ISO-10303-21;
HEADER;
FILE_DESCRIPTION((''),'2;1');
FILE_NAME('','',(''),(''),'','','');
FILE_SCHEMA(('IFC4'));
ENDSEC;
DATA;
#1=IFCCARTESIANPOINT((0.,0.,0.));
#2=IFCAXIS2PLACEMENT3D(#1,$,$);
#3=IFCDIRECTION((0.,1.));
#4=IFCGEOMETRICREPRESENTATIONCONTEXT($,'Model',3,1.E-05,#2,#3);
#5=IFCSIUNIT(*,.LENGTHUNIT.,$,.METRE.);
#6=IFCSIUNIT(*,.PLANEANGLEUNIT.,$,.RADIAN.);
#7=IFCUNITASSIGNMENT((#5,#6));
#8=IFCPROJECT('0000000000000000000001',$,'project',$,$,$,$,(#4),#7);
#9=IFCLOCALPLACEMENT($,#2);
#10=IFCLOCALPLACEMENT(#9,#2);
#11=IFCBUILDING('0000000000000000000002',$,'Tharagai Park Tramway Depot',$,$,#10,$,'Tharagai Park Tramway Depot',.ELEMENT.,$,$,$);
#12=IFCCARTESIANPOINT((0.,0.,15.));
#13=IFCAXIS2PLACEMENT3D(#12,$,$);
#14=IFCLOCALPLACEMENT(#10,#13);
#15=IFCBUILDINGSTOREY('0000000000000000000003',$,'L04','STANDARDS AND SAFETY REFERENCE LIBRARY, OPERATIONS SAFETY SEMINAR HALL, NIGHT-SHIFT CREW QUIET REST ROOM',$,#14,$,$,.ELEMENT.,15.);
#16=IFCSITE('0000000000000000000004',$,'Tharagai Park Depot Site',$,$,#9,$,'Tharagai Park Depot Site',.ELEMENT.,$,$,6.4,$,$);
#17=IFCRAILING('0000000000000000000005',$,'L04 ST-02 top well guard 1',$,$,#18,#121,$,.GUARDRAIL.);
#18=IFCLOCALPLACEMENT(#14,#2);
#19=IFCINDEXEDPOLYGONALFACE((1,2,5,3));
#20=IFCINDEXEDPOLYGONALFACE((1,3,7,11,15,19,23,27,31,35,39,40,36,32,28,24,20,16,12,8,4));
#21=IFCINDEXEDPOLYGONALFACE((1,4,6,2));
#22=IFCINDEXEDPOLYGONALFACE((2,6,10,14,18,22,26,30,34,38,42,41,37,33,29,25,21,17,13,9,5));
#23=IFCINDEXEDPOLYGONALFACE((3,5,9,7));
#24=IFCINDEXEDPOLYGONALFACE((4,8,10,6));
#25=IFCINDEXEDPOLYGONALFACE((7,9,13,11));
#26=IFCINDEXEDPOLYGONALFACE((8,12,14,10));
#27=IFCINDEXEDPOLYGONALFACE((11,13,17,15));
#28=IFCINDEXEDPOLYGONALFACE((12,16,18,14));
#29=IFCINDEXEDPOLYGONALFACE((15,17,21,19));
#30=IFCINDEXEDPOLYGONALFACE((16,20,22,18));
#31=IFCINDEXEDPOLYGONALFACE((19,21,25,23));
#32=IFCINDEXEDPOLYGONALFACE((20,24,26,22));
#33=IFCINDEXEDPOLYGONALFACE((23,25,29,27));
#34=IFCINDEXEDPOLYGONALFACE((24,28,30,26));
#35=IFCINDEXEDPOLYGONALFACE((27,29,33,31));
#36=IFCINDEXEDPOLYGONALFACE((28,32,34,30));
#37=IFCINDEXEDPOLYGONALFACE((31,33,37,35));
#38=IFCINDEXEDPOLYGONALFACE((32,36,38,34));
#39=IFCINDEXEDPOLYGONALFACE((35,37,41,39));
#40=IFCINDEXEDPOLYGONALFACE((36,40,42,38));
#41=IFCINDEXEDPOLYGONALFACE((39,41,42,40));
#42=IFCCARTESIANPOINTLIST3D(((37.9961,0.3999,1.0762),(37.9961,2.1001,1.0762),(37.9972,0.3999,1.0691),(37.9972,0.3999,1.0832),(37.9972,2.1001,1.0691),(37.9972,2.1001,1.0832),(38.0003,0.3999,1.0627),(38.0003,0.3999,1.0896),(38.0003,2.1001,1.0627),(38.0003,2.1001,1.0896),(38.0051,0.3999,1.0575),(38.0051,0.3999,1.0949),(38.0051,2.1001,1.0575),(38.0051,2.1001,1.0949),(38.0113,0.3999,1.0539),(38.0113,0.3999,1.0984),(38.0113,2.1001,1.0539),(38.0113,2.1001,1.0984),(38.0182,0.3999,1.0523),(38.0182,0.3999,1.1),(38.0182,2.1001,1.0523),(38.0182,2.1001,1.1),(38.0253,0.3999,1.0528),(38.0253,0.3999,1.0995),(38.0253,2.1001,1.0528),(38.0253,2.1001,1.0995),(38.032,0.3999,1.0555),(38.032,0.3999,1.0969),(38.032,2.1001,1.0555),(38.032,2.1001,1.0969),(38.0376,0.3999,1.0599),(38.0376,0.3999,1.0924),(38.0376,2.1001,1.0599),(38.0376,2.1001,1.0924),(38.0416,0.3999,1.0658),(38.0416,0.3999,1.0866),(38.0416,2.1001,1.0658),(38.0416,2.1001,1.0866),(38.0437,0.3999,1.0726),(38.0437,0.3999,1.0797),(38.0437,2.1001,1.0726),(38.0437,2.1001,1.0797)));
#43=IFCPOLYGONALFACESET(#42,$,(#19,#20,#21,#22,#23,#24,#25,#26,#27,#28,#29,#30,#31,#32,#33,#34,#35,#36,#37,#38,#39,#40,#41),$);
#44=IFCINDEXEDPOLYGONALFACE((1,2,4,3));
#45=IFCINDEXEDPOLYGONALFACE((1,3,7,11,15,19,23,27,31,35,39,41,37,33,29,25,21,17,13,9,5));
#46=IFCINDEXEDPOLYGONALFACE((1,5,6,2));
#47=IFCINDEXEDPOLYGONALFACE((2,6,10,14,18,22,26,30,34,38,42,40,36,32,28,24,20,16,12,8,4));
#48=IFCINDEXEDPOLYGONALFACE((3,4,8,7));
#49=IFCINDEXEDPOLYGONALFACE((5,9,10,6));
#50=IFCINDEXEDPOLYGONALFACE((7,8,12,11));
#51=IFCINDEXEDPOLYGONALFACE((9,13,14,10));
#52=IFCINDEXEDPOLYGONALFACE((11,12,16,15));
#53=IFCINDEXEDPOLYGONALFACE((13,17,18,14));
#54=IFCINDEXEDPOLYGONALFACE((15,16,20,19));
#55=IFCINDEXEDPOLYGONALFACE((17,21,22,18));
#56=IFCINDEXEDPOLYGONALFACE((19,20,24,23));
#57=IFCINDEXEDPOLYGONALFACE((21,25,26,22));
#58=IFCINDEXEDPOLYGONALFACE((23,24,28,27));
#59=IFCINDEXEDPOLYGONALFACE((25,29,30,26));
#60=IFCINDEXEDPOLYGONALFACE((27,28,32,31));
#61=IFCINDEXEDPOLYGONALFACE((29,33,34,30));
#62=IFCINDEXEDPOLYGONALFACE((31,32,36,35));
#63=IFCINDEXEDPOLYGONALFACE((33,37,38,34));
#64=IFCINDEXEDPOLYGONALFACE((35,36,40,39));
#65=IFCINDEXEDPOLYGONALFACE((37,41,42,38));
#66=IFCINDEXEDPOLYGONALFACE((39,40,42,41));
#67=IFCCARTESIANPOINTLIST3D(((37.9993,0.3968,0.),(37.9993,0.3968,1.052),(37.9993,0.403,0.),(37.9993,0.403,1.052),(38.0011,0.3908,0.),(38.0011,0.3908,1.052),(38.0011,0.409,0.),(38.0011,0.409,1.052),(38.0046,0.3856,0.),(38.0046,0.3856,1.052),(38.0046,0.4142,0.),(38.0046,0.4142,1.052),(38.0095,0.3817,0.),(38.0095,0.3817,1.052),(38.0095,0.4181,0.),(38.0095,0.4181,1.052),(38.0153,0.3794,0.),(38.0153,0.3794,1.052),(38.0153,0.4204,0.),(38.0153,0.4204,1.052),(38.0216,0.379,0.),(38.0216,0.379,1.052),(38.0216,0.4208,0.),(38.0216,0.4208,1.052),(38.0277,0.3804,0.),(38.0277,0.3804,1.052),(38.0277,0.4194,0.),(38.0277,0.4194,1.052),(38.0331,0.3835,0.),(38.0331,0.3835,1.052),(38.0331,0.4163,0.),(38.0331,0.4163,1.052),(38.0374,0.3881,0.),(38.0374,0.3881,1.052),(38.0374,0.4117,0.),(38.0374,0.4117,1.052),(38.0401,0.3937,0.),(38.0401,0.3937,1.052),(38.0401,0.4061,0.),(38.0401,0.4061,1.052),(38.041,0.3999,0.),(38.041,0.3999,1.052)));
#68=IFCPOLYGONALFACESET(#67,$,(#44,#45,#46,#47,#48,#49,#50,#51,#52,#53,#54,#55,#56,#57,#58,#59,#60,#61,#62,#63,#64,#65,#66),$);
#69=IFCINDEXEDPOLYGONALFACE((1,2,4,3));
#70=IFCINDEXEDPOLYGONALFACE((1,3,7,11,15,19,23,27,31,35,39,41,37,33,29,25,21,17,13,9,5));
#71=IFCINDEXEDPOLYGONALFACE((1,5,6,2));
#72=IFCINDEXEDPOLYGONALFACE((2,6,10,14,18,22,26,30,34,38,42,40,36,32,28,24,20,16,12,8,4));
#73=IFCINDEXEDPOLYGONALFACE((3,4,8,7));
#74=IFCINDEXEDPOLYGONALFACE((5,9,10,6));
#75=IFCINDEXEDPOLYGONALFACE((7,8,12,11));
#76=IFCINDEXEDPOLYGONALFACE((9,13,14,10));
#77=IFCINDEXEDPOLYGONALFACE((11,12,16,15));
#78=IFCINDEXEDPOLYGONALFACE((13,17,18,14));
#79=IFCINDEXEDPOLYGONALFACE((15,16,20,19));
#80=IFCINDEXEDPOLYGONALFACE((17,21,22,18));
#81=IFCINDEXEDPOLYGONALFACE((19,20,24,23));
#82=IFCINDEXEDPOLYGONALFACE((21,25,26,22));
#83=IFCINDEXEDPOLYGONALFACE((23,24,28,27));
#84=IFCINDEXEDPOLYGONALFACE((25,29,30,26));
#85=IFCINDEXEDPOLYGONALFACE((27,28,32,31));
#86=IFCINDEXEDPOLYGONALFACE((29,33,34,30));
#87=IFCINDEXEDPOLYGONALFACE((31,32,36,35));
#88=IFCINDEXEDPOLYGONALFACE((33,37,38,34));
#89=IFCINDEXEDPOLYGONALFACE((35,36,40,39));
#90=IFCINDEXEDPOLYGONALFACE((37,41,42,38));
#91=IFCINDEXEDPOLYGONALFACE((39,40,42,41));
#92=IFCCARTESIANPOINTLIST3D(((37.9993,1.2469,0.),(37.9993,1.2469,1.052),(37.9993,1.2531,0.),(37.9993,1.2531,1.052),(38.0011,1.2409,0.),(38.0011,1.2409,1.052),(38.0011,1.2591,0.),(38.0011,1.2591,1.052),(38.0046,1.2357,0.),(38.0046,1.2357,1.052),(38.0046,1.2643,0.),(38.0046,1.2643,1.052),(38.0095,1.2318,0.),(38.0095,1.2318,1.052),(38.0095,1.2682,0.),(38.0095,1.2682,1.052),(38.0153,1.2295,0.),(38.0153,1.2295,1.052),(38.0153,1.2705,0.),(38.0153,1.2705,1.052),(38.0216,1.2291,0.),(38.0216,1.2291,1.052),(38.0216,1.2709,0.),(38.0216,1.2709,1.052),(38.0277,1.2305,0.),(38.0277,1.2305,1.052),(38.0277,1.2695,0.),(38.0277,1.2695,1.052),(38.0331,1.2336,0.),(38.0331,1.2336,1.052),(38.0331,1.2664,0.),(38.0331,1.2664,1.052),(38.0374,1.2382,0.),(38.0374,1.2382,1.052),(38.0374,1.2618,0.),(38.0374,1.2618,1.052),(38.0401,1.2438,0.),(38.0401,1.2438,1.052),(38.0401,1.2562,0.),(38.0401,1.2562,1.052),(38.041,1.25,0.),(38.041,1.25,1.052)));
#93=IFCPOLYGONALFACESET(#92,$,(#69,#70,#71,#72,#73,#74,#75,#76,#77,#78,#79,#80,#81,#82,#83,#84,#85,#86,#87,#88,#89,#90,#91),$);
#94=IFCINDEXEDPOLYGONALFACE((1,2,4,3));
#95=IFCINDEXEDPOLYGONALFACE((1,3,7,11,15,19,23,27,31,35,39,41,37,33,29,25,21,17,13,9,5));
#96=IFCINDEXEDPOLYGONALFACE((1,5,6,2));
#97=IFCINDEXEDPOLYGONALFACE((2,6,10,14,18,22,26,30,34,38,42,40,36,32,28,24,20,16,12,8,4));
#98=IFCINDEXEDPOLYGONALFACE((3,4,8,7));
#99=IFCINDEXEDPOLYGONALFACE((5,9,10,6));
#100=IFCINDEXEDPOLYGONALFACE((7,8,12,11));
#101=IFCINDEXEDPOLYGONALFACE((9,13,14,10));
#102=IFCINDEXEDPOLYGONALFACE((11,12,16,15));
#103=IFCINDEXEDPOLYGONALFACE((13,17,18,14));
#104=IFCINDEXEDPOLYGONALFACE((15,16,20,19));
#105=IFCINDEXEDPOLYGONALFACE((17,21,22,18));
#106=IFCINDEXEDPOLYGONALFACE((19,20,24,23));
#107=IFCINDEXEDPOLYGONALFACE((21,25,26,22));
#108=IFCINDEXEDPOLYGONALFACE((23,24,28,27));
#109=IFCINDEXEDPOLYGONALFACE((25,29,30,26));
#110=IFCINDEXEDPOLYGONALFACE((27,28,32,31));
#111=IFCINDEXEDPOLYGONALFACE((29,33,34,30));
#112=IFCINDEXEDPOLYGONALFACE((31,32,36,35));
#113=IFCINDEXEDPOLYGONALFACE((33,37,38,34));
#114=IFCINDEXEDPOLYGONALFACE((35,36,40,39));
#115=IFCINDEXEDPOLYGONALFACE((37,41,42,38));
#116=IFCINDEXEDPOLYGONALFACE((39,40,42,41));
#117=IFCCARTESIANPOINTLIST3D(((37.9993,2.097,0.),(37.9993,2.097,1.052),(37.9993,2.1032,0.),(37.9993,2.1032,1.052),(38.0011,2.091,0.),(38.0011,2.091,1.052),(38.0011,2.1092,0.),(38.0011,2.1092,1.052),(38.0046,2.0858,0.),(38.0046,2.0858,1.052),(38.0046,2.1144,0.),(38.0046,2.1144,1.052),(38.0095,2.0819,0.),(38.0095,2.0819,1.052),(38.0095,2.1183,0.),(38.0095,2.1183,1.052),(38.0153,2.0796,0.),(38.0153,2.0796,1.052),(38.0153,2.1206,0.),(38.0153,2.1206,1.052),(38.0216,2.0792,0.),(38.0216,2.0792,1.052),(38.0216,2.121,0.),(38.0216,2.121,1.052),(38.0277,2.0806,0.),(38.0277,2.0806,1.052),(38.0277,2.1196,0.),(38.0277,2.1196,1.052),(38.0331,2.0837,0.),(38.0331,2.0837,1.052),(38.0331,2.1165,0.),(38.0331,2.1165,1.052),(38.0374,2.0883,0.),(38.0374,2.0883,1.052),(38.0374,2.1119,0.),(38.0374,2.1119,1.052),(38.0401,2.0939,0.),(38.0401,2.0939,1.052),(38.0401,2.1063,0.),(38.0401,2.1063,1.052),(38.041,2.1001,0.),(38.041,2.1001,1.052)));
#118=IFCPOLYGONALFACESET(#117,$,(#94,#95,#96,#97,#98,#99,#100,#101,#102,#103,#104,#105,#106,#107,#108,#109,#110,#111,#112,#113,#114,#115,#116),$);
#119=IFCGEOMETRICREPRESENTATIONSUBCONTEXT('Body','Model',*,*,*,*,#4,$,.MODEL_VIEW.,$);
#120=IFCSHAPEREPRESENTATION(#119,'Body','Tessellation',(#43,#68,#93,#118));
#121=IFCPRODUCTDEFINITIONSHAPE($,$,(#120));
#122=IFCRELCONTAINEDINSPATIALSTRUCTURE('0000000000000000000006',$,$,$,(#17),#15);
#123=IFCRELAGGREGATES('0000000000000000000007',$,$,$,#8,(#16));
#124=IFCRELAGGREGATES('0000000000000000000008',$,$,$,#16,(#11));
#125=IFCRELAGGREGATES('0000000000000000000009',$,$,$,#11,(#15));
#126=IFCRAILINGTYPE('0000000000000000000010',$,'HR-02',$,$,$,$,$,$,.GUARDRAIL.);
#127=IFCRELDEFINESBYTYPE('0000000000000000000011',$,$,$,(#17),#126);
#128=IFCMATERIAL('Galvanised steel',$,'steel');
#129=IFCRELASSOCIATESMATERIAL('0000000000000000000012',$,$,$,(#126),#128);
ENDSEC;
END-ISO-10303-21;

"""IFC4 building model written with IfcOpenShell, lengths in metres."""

from ifc_helpers import new_model, si_unit, direction, frame, origin, origin_2d, place, context, subcontext, project, spatial, circle, extrude, material, type_object, element, save


model = new_model("IFC4")

# Units and contexts
model_context = context("Model", 3, precision=1e-05, world=origin(), true_north=direction((0.0, 1.0)))
body_context = subcontext(model_context, "Body", "Model", "MODEL_VIEW")
ifc_project = project(units=[si_unit("LENGTHUNIT", "METRE"), si_unit("PLANEANGLEUNIT", "RADIAN")], contexts=[model_context])

# Site, building, storey
site_placement = place(None, origin())
site = spatial("IfcSite", under=ifc_project, at=site_placement, Name="Tharagai Park Depot Site", LongName="Tharagai Park Depot Site", CompositionType="ELEMENT", RefElevation=6.4)
building_placement = place(site_placement, origin())
building = spatial("IfcBuilding", under=site, at=building_placement, Name="Tharagai Park Tramway Depot", LongName="Tharagai Park Tramway Depot", CompositionType="ELEMENT")
storey_placement = place(building_placement, frame((0.0, 0.0, 15.0)))
storey = spatial("IfcBuildingStorey", under=building, at=storey_placement, Name="L04", Description="STANDARDS AND SAFETY REFERENCE LIBRARY, OPERATIONS SAFETY SEMINAR HALL, NIGHT-SHIFT CREW QUIET REST ROOM", CompositionType="ELEMENT", Elevation=15.0)

# Shared definitions
ifc_material_1 = material(Name="Galvanised steel", Category="steel")

# Railing
railing_type = type_object("IfcRailingType", Name="HR-02", PredefinedType="GUARDRAIL", material=ifc_material_1)
railing_placement = place(storey_placement, frame((38.02, 0.3999, 0.0)))
element("IfcRailing", 1, at=railing_placement, inside=storey, type_object=railing_type, Name="L04 ST-02 top well guard 1", PredefinedType="GUARDRAIL", context=body_context, shape_type="SweptSolid", body=[
    extrude(circle(Radius=0.0239, at=origin_2d()), frame((0.0, 0.0, 1.0762), z_axis=(0.0, 1.0, 0.0), x_axis=(-1.0, 0.0, 0.0)), (0.0, 0.0, 1.0), 1.7002),
    extrude(circle(Radius=0.021, at=origin_2d()), origin(), (0.0, 0.0, 1.0), 1.052),
    extrude(circle(Radius=0.021, at=origin_2d()), frame((0.0, 0.8501, 0.0)), (0.0, 0.0, 1.0), 1.052),
    extrude(circle(Radius=0.021, at=origin_2d()), frame((0.0, 1.7002, 0.0)), (0.0, 0.0, 1.0), 1.052),
])

save(model, "model.ifc")
